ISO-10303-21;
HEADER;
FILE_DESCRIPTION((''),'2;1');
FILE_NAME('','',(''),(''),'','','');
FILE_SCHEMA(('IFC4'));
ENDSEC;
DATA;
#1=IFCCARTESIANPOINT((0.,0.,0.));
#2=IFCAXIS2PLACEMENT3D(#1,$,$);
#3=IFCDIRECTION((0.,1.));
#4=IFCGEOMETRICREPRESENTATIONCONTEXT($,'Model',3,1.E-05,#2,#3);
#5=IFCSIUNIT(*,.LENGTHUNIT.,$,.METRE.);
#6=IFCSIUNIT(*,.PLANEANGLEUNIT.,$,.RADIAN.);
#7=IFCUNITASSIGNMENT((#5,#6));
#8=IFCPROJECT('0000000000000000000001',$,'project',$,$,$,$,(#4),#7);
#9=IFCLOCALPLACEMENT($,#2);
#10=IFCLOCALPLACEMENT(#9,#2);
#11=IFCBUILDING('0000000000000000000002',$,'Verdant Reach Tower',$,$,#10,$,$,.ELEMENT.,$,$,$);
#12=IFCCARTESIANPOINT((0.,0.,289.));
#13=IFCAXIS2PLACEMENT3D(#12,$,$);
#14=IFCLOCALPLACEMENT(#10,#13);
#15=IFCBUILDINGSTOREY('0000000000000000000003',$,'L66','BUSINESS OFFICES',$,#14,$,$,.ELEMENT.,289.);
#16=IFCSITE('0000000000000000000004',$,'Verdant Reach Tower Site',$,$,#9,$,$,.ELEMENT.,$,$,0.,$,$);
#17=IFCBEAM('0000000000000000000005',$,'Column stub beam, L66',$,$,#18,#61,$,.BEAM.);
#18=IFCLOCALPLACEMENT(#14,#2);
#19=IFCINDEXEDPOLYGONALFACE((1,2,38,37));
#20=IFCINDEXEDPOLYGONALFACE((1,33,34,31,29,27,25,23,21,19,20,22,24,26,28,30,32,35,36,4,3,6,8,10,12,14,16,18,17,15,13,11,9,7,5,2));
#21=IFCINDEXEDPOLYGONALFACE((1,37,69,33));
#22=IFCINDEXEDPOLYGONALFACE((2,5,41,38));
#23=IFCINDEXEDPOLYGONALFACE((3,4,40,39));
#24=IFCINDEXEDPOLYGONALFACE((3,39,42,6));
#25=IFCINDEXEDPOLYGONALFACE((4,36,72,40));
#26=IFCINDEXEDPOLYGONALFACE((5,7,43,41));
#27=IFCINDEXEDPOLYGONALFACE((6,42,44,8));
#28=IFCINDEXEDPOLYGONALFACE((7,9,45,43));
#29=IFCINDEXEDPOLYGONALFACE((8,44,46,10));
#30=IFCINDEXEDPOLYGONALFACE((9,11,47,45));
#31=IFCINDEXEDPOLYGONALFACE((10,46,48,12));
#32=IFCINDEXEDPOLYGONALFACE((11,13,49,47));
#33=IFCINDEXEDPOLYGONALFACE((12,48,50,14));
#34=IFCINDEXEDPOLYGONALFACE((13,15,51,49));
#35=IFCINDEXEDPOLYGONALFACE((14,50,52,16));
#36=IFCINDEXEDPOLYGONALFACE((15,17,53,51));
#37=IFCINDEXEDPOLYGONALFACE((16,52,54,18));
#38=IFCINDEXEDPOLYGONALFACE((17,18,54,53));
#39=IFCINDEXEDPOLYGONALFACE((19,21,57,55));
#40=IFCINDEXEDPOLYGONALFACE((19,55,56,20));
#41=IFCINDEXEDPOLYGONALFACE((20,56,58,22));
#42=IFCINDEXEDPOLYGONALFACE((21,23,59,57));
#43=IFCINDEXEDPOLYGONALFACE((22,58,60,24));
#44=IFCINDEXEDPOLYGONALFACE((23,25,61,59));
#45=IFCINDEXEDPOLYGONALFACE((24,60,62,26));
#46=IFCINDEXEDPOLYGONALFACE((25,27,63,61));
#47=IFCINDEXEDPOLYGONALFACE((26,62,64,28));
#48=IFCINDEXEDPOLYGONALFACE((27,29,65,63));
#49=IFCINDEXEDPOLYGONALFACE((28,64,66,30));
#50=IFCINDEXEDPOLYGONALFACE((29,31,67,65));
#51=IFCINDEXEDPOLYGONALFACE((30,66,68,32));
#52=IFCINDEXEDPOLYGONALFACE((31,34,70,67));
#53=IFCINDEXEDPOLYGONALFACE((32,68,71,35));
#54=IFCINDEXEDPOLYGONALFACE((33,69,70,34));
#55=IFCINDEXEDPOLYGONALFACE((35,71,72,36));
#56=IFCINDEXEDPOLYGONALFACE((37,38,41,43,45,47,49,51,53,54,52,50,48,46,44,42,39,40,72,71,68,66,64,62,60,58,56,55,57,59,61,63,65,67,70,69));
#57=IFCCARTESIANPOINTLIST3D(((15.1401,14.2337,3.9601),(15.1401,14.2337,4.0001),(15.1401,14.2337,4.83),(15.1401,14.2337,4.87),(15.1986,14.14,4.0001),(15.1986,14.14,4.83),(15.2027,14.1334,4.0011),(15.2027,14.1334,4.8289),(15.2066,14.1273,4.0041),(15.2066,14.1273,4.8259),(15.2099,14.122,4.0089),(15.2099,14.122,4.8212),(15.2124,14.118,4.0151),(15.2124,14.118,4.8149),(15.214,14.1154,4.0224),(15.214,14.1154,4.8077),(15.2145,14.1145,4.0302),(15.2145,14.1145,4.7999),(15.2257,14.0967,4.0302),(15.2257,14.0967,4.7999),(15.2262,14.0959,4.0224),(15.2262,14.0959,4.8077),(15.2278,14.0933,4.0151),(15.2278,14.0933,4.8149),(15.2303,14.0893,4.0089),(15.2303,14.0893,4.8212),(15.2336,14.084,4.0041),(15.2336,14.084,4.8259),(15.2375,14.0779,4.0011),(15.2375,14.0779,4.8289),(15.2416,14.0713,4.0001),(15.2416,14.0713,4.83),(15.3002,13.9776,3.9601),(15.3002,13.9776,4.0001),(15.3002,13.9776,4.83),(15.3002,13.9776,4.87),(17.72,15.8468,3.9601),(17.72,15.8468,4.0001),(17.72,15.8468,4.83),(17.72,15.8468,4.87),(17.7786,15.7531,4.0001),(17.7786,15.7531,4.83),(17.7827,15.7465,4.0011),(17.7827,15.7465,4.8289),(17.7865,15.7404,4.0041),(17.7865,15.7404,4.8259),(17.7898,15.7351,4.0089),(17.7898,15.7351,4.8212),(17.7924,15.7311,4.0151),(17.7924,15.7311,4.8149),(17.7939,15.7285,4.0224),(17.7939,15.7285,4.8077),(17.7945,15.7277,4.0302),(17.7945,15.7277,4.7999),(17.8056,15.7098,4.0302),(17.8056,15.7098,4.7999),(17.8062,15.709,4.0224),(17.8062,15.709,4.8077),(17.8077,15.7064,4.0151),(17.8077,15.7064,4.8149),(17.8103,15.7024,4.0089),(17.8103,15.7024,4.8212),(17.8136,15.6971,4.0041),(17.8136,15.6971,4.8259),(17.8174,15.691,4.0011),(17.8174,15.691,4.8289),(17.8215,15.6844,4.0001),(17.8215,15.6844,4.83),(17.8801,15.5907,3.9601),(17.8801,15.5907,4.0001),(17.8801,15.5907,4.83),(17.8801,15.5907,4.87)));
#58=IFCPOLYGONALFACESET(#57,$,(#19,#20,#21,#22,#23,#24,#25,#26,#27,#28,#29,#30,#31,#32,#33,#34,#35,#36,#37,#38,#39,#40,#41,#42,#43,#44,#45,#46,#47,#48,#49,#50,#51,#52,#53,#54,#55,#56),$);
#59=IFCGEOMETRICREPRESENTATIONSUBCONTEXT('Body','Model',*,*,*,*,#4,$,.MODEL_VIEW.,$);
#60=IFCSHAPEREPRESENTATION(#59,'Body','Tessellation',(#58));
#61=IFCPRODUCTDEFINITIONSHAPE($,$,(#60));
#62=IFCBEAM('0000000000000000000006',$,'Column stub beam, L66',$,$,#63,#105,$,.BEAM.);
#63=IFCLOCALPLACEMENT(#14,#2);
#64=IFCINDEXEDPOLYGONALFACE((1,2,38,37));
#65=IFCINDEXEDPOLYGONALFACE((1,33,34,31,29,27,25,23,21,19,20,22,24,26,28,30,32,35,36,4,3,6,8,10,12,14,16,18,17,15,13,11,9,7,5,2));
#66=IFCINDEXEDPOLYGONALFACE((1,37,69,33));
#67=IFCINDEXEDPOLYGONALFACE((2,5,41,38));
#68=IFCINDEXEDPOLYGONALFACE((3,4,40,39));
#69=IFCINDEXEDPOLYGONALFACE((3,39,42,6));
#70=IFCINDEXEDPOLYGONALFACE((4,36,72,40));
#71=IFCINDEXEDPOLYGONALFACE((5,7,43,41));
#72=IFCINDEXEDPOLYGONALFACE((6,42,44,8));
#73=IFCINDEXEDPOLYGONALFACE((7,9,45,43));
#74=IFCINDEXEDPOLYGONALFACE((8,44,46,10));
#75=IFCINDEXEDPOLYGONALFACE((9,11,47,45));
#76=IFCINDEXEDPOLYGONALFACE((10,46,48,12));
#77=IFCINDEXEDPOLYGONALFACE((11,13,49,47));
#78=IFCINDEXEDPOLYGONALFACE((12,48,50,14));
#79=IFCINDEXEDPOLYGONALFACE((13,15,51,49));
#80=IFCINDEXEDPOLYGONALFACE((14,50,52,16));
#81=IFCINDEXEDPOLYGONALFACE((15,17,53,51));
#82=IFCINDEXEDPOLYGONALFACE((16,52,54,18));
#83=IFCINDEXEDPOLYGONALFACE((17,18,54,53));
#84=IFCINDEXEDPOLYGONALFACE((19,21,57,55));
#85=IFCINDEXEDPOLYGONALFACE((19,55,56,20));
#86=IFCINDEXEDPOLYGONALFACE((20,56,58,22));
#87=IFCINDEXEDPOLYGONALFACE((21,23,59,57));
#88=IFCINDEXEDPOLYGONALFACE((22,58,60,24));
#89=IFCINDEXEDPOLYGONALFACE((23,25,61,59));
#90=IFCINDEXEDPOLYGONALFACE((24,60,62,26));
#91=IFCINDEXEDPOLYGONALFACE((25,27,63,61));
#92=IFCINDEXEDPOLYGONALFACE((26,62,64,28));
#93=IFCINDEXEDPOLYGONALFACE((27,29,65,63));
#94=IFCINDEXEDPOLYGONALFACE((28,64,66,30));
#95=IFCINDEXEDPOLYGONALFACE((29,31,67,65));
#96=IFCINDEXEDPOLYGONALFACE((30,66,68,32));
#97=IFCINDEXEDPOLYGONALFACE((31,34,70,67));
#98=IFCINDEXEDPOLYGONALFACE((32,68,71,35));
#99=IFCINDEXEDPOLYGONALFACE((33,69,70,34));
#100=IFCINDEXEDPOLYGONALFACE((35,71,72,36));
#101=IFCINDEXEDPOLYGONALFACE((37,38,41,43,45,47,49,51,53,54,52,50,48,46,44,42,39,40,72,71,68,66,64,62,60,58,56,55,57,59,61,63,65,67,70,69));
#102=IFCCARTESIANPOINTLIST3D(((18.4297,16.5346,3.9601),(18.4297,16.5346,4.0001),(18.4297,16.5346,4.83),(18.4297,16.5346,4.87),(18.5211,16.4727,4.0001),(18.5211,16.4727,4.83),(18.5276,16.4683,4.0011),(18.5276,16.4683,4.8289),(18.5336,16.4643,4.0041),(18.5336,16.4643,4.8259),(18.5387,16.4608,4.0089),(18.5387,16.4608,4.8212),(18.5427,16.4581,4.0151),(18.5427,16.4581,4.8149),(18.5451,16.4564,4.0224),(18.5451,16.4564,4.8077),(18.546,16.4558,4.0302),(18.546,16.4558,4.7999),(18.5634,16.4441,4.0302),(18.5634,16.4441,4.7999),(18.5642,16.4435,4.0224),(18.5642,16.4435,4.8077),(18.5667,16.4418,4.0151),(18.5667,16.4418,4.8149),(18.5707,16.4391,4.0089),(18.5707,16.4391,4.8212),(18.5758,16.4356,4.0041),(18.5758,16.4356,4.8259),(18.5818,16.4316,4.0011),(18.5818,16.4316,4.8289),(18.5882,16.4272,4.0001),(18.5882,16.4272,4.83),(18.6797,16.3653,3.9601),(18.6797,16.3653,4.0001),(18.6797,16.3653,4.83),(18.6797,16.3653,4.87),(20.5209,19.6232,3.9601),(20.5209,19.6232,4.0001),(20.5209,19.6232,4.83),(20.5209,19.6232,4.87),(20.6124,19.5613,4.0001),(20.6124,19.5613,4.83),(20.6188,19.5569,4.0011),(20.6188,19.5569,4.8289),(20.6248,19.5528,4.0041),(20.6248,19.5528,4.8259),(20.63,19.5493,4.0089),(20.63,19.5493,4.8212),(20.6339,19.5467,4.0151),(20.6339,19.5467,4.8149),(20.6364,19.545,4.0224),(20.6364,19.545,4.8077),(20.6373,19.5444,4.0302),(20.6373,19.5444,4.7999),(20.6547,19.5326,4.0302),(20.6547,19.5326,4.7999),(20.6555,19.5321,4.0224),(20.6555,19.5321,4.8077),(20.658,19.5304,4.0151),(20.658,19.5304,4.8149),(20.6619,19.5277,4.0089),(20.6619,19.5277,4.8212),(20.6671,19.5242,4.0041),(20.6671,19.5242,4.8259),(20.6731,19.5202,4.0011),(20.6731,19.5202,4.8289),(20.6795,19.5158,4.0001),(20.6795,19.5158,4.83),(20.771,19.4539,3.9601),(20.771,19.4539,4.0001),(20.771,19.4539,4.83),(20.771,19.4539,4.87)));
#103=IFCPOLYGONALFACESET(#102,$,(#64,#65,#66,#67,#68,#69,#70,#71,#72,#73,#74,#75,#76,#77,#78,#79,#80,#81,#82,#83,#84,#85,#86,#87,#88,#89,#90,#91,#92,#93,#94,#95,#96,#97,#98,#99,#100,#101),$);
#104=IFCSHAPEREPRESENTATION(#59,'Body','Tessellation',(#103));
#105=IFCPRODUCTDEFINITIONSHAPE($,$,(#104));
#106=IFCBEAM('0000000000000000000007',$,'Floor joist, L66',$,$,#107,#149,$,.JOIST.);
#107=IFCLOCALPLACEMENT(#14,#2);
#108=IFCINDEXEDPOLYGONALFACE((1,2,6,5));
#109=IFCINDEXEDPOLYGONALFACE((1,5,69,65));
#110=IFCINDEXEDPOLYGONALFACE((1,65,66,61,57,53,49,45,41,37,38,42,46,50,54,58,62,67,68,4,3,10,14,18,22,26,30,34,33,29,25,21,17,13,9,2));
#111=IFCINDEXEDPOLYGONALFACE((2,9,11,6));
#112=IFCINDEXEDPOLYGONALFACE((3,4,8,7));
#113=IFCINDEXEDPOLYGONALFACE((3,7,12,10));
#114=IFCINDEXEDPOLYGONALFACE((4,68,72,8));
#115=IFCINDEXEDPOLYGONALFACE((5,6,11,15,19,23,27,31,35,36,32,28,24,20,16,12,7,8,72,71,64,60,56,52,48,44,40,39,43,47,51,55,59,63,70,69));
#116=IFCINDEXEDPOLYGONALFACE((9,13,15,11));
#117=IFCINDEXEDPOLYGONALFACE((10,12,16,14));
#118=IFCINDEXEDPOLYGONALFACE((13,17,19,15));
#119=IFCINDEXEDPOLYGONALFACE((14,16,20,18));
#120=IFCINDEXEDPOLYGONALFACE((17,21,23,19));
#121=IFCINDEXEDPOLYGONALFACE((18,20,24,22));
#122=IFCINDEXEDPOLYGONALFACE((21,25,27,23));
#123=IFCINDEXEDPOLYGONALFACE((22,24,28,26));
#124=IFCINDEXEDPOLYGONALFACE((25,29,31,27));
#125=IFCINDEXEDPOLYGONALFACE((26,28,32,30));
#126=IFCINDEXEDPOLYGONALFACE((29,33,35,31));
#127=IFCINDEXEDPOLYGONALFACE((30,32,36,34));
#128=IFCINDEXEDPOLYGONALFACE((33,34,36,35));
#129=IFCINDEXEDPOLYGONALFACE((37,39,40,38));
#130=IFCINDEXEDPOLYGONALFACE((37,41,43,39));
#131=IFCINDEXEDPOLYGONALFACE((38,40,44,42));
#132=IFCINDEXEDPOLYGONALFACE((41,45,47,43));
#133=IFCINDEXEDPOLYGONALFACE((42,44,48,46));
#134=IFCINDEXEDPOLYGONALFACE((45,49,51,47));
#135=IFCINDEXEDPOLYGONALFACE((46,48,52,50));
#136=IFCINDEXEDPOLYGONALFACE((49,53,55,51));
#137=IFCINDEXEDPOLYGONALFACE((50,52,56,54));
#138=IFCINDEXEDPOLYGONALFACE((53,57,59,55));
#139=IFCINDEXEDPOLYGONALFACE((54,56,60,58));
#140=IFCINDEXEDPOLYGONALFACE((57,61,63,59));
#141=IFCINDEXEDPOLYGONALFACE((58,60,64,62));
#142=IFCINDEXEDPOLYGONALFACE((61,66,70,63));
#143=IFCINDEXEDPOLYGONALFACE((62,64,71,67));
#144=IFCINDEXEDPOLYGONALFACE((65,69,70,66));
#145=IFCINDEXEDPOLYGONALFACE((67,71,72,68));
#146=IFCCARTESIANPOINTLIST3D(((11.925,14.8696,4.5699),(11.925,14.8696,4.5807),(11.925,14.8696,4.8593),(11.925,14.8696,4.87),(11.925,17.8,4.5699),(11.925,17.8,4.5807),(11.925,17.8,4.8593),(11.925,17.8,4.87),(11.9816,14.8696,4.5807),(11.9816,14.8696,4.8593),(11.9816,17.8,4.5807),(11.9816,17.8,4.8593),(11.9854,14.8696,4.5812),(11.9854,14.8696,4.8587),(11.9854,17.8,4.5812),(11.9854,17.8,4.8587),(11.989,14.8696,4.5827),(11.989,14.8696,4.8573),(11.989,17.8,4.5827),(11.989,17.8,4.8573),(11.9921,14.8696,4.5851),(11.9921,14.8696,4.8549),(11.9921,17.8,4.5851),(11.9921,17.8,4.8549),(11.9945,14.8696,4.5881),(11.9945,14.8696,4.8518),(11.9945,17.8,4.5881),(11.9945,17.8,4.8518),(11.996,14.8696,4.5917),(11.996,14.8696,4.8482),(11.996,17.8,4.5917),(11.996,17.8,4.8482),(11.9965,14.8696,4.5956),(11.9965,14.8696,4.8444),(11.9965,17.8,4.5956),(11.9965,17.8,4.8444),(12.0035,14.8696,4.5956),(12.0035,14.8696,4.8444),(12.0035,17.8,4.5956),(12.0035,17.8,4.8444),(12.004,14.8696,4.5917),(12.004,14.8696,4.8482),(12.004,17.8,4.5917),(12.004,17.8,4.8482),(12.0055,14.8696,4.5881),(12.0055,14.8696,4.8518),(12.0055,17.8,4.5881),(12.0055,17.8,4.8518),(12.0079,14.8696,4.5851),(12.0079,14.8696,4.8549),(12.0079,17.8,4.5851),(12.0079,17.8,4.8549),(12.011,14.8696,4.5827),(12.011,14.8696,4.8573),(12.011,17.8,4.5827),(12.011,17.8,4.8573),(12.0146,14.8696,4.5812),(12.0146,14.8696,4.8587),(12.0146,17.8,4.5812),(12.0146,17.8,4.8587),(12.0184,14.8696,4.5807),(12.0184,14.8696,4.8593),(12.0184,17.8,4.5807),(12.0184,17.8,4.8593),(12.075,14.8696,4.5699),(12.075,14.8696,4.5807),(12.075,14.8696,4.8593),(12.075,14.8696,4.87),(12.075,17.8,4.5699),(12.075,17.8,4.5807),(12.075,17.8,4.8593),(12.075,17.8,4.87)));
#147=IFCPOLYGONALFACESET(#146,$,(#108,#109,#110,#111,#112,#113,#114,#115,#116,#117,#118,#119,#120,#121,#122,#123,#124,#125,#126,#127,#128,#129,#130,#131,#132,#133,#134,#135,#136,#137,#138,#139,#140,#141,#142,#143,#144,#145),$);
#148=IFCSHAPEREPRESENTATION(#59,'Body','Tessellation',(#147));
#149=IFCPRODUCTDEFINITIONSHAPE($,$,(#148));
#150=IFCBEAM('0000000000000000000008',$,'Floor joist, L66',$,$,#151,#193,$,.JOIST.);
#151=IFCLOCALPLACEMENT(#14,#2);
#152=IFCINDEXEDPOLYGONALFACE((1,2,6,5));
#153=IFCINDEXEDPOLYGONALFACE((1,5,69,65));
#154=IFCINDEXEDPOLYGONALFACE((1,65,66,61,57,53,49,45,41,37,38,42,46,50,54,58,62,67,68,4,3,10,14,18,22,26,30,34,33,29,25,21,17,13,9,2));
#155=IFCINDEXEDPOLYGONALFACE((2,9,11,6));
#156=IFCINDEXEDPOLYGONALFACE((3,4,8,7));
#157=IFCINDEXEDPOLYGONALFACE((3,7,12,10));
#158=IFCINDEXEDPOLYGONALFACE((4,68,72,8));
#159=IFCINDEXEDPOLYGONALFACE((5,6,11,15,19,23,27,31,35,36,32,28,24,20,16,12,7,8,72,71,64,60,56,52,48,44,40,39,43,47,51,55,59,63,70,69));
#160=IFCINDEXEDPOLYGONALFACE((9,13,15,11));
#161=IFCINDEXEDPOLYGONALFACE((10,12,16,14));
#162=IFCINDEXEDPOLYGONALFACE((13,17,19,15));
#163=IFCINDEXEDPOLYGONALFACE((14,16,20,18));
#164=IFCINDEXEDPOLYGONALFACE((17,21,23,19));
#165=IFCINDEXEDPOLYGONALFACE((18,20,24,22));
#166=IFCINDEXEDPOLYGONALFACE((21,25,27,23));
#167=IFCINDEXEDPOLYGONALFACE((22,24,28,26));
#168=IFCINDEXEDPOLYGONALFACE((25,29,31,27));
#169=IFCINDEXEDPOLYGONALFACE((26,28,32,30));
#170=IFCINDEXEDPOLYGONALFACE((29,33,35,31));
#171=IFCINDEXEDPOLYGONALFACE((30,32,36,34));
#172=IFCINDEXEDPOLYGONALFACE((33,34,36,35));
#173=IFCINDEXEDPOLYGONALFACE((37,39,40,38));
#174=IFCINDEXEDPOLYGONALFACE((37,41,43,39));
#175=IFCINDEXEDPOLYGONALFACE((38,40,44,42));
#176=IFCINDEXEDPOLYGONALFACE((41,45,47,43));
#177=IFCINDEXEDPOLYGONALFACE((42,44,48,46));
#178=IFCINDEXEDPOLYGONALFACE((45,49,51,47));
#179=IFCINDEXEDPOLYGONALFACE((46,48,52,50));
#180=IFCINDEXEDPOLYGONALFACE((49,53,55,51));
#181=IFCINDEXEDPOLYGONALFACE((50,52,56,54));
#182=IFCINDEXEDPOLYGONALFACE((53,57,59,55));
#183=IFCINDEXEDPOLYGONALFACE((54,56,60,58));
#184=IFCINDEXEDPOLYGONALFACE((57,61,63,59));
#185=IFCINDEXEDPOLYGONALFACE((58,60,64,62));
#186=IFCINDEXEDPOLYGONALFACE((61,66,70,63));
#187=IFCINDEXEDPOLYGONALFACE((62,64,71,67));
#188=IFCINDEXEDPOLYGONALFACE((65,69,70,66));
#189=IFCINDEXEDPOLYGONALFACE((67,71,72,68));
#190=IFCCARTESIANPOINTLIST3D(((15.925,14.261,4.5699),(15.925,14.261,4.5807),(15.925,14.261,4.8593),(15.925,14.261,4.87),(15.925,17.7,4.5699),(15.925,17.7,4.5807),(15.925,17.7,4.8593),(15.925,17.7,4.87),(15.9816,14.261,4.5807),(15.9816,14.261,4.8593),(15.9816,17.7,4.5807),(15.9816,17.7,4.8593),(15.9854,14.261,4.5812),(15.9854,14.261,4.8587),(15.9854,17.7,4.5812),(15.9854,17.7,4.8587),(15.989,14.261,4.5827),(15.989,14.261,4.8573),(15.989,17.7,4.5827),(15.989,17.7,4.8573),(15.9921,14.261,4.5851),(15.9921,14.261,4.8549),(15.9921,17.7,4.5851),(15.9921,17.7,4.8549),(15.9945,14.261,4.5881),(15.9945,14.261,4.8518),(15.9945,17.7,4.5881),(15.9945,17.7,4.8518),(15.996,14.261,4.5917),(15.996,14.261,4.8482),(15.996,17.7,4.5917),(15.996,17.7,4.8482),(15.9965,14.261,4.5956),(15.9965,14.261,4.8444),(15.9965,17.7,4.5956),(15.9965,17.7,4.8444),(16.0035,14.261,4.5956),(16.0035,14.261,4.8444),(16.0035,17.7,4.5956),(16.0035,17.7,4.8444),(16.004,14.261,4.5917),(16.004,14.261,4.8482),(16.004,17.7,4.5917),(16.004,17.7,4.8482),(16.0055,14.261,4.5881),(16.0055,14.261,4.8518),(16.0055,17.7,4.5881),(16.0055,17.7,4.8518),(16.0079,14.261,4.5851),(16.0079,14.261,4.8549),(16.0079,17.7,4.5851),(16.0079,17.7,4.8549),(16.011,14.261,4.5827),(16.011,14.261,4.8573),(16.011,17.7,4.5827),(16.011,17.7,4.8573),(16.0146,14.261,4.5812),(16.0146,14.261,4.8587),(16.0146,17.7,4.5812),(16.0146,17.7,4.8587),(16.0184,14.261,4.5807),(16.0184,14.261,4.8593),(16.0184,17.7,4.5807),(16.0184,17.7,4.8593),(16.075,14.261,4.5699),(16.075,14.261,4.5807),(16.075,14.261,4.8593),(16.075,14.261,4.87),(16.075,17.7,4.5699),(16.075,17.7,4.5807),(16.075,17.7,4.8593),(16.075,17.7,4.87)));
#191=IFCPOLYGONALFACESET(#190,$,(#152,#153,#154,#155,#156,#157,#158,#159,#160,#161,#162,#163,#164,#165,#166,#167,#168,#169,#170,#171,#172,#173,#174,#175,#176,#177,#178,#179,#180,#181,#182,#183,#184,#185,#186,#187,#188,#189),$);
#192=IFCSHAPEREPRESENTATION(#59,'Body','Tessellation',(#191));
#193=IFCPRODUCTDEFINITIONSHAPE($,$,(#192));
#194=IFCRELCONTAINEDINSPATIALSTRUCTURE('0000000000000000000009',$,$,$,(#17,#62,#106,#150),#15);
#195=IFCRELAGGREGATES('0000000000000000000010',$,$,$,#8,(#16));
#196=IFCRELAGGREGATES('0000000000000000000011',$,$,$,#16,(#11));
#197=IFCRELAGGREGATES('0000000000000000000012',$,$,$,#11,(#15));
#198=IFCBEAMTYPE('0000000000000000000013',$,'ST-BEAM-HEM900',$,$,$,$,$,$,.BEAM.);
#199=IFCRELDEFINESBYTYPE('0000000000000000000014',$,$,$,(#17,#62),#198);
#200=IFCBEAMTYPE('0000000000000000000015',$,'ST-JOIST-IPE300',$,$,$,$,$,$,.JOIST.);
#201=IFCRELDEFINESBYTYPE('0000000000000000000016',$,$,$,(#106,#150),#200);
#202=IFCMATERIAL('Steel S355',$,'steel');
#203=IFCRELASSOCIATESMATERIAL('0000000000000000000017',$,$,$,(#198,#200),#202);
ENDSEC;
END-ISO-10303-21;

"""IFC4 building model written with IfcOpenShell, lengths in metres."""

from ifc_helpers import new_model, si_unit, direction, frame, origin, origin_2d, place, context, subcontext, project, spatial, i_section, extrude, material, material_profile, profile_set, type_object, element, save


model = new_model("IFC4")

# Units and contexts
model_context = context("Model", 3, precision=1e-05, world=origin(), true_north=direction((0.0, 1.0)))
body_context = subcontext(model_context, "Body", "Model", "MODEL_VIEW")
ifc_project = project(units=[si_unit("LENGTHUNIT", "METRE"), si_unit("PLANEANGLEUNIT", "RADIAN")], contexts=[model_context])

# Site, building, storey
site_placement = place(None, origin())
site = spatial("IfcSite", under=ifc_project, at=site_placement, Name="Verdant Reach Tower Site", CompositionType="ELEMENT", RefElevation=0.0)
building_placement = place(site_placement, origin())
building = spatial("IfcBuilding", under=site, at=building_placement, Name="Verdant Reach Tower", CompositionType="ELEMENT")
storey_placement = place(building_placement, frame((0.0, 0.0, 289.0)))
storey = spatial("IfcBuildingStorey", under=building, at=storey_placement, Name="L66", Description="BUSINESS OFFICES", CompositionType="ELEMENT", Elevation=289.0)

# Beams
ifc_material_1 = material(Name="Steel S355", Category="steel")
ifc_material_profile_1 = material_profile(ifc_material_1, i_section(OverallWidth=0.302, OverallDepth=0.9099, WebThickness=0.021, FlangeThickness=0.04, FilletRadius=0.03, at=origin_2d()), Name="HEM 900")
ifc_profile_set_1 = profile_set([ifc_material_profile_1], Name="Steel S355")
beam_type_1 = type_object("IfcBeamType", Name="ST-BEAM-HEM900", PredefinedType="BEAM", material=ifc_profile_set_1)
beam_1_placement = place(storey_placement, frame((17.8, 15.7188, 4.415), z_axis=(-0.847904, -0.53015, 0.0), x_axis=(0.53015, -0.847904, 0.0)))
element("IfcBeam", 1, at=beam_1_placement, inside=storey, type_object=beam_type_1, Name="Column stub beam, L66", PredefinedType="BEAM", context=body_context, shape_type="SweptSolid", body=[
    extrude(i_section(OverallWidth=0.302, OverallDepth=0.9099, WebThickness=0.021, FlangeThickness=0.04, FilletRadius=0.03, at=origin_2d()), origin(), (0.0, 0.0, 1.0), 3.0427),
])
beam_2_placement = place(storey_placement, frame((18.5547, 16.45, 4.415), z_axis=(0.560667, 0.828041, 0.0), x_axis=(-0.828041, 0.560667, 0.0)))
element("IfcBeam", 2, at=beam_2_placement, inside=storey, type_object=beam_type_1, Name="Column stub beam, L66", PredefinedType="BEAM", context=body_context, shape_type="SweptSolid", body=[
    extrude(i_section(OverallWidth=0.302, OverallDepth=0.9099, WebThickness=0.021, FlangeThickness=0.04, FilletRadius=0.03, at=origin_2d()), origin(), (0.0, 0.0, 1.0), 3.73),
])
ifc_material_profile_2 = material_profile(ifc_material_1, i_section(OverallWidth=0.1499, OverallDepth=0.3, WebThickness=0.0071, FlangeThickness=0.0107, FilletRadius=0.0149, at=origin_2d()), Name="IPE 300")
ifc_profile_set_2 = profile_set([ifc_material_profile_2], Name="Steel S355")
beam_type_2 = type_object("IfcBeamType", Name="ST-JOIST-IPE300", PredefinedType="JOIST", material=ifc_profile_set_2)
beam_3_placement = place(storey_placement, frame((12.0, 17.8, 4.72), z_axis=(0.0, -1.0, 0.0), x_axis=(1.0, 0.0, 0.0)))
element("IfcBeam", 3, at=beam_3_placement, inside=storey, type_object=beam_type_2, Name="Floor joist, L66", PredefinedType="JOIST", context=body_context, shape_type="SweptSolid", body=[
    extrude(i_section(OverallWidth=0.1499, OverallDepth=0.3, WebThickness=0.0071, FlangeThickness=0.0107, FilletRadius=0.0149, at=origin_2d()), origin(), (0.0, 0.0, 1.0), 2.9304),
])
beam_4_placement = place(storey_placement, frame((16.0, 17.7, 4.72), z_axis=(0.0, -1.0, 0.0), x_axis=(1.0, 0.0, 0.0)))
element("IfcBeam", 4, at=beam_4_placement, inside=storey, type_object=beam_type_2, Name="Floor joist, L66", PredefinedType="JOIST", context=body_context, shape_type="SweptSolid", body=[
    extrude(i_section(OverallWidth=0.1499, OverallDepth=0.3, WebThickness=0.0071, FlangeThickness=0.0107, FilletRadius=0.0149, at=origin_2d()), origin(), (0.0, 0.0, 1.0), 3.439),
])

save(model, "model.ifc")
